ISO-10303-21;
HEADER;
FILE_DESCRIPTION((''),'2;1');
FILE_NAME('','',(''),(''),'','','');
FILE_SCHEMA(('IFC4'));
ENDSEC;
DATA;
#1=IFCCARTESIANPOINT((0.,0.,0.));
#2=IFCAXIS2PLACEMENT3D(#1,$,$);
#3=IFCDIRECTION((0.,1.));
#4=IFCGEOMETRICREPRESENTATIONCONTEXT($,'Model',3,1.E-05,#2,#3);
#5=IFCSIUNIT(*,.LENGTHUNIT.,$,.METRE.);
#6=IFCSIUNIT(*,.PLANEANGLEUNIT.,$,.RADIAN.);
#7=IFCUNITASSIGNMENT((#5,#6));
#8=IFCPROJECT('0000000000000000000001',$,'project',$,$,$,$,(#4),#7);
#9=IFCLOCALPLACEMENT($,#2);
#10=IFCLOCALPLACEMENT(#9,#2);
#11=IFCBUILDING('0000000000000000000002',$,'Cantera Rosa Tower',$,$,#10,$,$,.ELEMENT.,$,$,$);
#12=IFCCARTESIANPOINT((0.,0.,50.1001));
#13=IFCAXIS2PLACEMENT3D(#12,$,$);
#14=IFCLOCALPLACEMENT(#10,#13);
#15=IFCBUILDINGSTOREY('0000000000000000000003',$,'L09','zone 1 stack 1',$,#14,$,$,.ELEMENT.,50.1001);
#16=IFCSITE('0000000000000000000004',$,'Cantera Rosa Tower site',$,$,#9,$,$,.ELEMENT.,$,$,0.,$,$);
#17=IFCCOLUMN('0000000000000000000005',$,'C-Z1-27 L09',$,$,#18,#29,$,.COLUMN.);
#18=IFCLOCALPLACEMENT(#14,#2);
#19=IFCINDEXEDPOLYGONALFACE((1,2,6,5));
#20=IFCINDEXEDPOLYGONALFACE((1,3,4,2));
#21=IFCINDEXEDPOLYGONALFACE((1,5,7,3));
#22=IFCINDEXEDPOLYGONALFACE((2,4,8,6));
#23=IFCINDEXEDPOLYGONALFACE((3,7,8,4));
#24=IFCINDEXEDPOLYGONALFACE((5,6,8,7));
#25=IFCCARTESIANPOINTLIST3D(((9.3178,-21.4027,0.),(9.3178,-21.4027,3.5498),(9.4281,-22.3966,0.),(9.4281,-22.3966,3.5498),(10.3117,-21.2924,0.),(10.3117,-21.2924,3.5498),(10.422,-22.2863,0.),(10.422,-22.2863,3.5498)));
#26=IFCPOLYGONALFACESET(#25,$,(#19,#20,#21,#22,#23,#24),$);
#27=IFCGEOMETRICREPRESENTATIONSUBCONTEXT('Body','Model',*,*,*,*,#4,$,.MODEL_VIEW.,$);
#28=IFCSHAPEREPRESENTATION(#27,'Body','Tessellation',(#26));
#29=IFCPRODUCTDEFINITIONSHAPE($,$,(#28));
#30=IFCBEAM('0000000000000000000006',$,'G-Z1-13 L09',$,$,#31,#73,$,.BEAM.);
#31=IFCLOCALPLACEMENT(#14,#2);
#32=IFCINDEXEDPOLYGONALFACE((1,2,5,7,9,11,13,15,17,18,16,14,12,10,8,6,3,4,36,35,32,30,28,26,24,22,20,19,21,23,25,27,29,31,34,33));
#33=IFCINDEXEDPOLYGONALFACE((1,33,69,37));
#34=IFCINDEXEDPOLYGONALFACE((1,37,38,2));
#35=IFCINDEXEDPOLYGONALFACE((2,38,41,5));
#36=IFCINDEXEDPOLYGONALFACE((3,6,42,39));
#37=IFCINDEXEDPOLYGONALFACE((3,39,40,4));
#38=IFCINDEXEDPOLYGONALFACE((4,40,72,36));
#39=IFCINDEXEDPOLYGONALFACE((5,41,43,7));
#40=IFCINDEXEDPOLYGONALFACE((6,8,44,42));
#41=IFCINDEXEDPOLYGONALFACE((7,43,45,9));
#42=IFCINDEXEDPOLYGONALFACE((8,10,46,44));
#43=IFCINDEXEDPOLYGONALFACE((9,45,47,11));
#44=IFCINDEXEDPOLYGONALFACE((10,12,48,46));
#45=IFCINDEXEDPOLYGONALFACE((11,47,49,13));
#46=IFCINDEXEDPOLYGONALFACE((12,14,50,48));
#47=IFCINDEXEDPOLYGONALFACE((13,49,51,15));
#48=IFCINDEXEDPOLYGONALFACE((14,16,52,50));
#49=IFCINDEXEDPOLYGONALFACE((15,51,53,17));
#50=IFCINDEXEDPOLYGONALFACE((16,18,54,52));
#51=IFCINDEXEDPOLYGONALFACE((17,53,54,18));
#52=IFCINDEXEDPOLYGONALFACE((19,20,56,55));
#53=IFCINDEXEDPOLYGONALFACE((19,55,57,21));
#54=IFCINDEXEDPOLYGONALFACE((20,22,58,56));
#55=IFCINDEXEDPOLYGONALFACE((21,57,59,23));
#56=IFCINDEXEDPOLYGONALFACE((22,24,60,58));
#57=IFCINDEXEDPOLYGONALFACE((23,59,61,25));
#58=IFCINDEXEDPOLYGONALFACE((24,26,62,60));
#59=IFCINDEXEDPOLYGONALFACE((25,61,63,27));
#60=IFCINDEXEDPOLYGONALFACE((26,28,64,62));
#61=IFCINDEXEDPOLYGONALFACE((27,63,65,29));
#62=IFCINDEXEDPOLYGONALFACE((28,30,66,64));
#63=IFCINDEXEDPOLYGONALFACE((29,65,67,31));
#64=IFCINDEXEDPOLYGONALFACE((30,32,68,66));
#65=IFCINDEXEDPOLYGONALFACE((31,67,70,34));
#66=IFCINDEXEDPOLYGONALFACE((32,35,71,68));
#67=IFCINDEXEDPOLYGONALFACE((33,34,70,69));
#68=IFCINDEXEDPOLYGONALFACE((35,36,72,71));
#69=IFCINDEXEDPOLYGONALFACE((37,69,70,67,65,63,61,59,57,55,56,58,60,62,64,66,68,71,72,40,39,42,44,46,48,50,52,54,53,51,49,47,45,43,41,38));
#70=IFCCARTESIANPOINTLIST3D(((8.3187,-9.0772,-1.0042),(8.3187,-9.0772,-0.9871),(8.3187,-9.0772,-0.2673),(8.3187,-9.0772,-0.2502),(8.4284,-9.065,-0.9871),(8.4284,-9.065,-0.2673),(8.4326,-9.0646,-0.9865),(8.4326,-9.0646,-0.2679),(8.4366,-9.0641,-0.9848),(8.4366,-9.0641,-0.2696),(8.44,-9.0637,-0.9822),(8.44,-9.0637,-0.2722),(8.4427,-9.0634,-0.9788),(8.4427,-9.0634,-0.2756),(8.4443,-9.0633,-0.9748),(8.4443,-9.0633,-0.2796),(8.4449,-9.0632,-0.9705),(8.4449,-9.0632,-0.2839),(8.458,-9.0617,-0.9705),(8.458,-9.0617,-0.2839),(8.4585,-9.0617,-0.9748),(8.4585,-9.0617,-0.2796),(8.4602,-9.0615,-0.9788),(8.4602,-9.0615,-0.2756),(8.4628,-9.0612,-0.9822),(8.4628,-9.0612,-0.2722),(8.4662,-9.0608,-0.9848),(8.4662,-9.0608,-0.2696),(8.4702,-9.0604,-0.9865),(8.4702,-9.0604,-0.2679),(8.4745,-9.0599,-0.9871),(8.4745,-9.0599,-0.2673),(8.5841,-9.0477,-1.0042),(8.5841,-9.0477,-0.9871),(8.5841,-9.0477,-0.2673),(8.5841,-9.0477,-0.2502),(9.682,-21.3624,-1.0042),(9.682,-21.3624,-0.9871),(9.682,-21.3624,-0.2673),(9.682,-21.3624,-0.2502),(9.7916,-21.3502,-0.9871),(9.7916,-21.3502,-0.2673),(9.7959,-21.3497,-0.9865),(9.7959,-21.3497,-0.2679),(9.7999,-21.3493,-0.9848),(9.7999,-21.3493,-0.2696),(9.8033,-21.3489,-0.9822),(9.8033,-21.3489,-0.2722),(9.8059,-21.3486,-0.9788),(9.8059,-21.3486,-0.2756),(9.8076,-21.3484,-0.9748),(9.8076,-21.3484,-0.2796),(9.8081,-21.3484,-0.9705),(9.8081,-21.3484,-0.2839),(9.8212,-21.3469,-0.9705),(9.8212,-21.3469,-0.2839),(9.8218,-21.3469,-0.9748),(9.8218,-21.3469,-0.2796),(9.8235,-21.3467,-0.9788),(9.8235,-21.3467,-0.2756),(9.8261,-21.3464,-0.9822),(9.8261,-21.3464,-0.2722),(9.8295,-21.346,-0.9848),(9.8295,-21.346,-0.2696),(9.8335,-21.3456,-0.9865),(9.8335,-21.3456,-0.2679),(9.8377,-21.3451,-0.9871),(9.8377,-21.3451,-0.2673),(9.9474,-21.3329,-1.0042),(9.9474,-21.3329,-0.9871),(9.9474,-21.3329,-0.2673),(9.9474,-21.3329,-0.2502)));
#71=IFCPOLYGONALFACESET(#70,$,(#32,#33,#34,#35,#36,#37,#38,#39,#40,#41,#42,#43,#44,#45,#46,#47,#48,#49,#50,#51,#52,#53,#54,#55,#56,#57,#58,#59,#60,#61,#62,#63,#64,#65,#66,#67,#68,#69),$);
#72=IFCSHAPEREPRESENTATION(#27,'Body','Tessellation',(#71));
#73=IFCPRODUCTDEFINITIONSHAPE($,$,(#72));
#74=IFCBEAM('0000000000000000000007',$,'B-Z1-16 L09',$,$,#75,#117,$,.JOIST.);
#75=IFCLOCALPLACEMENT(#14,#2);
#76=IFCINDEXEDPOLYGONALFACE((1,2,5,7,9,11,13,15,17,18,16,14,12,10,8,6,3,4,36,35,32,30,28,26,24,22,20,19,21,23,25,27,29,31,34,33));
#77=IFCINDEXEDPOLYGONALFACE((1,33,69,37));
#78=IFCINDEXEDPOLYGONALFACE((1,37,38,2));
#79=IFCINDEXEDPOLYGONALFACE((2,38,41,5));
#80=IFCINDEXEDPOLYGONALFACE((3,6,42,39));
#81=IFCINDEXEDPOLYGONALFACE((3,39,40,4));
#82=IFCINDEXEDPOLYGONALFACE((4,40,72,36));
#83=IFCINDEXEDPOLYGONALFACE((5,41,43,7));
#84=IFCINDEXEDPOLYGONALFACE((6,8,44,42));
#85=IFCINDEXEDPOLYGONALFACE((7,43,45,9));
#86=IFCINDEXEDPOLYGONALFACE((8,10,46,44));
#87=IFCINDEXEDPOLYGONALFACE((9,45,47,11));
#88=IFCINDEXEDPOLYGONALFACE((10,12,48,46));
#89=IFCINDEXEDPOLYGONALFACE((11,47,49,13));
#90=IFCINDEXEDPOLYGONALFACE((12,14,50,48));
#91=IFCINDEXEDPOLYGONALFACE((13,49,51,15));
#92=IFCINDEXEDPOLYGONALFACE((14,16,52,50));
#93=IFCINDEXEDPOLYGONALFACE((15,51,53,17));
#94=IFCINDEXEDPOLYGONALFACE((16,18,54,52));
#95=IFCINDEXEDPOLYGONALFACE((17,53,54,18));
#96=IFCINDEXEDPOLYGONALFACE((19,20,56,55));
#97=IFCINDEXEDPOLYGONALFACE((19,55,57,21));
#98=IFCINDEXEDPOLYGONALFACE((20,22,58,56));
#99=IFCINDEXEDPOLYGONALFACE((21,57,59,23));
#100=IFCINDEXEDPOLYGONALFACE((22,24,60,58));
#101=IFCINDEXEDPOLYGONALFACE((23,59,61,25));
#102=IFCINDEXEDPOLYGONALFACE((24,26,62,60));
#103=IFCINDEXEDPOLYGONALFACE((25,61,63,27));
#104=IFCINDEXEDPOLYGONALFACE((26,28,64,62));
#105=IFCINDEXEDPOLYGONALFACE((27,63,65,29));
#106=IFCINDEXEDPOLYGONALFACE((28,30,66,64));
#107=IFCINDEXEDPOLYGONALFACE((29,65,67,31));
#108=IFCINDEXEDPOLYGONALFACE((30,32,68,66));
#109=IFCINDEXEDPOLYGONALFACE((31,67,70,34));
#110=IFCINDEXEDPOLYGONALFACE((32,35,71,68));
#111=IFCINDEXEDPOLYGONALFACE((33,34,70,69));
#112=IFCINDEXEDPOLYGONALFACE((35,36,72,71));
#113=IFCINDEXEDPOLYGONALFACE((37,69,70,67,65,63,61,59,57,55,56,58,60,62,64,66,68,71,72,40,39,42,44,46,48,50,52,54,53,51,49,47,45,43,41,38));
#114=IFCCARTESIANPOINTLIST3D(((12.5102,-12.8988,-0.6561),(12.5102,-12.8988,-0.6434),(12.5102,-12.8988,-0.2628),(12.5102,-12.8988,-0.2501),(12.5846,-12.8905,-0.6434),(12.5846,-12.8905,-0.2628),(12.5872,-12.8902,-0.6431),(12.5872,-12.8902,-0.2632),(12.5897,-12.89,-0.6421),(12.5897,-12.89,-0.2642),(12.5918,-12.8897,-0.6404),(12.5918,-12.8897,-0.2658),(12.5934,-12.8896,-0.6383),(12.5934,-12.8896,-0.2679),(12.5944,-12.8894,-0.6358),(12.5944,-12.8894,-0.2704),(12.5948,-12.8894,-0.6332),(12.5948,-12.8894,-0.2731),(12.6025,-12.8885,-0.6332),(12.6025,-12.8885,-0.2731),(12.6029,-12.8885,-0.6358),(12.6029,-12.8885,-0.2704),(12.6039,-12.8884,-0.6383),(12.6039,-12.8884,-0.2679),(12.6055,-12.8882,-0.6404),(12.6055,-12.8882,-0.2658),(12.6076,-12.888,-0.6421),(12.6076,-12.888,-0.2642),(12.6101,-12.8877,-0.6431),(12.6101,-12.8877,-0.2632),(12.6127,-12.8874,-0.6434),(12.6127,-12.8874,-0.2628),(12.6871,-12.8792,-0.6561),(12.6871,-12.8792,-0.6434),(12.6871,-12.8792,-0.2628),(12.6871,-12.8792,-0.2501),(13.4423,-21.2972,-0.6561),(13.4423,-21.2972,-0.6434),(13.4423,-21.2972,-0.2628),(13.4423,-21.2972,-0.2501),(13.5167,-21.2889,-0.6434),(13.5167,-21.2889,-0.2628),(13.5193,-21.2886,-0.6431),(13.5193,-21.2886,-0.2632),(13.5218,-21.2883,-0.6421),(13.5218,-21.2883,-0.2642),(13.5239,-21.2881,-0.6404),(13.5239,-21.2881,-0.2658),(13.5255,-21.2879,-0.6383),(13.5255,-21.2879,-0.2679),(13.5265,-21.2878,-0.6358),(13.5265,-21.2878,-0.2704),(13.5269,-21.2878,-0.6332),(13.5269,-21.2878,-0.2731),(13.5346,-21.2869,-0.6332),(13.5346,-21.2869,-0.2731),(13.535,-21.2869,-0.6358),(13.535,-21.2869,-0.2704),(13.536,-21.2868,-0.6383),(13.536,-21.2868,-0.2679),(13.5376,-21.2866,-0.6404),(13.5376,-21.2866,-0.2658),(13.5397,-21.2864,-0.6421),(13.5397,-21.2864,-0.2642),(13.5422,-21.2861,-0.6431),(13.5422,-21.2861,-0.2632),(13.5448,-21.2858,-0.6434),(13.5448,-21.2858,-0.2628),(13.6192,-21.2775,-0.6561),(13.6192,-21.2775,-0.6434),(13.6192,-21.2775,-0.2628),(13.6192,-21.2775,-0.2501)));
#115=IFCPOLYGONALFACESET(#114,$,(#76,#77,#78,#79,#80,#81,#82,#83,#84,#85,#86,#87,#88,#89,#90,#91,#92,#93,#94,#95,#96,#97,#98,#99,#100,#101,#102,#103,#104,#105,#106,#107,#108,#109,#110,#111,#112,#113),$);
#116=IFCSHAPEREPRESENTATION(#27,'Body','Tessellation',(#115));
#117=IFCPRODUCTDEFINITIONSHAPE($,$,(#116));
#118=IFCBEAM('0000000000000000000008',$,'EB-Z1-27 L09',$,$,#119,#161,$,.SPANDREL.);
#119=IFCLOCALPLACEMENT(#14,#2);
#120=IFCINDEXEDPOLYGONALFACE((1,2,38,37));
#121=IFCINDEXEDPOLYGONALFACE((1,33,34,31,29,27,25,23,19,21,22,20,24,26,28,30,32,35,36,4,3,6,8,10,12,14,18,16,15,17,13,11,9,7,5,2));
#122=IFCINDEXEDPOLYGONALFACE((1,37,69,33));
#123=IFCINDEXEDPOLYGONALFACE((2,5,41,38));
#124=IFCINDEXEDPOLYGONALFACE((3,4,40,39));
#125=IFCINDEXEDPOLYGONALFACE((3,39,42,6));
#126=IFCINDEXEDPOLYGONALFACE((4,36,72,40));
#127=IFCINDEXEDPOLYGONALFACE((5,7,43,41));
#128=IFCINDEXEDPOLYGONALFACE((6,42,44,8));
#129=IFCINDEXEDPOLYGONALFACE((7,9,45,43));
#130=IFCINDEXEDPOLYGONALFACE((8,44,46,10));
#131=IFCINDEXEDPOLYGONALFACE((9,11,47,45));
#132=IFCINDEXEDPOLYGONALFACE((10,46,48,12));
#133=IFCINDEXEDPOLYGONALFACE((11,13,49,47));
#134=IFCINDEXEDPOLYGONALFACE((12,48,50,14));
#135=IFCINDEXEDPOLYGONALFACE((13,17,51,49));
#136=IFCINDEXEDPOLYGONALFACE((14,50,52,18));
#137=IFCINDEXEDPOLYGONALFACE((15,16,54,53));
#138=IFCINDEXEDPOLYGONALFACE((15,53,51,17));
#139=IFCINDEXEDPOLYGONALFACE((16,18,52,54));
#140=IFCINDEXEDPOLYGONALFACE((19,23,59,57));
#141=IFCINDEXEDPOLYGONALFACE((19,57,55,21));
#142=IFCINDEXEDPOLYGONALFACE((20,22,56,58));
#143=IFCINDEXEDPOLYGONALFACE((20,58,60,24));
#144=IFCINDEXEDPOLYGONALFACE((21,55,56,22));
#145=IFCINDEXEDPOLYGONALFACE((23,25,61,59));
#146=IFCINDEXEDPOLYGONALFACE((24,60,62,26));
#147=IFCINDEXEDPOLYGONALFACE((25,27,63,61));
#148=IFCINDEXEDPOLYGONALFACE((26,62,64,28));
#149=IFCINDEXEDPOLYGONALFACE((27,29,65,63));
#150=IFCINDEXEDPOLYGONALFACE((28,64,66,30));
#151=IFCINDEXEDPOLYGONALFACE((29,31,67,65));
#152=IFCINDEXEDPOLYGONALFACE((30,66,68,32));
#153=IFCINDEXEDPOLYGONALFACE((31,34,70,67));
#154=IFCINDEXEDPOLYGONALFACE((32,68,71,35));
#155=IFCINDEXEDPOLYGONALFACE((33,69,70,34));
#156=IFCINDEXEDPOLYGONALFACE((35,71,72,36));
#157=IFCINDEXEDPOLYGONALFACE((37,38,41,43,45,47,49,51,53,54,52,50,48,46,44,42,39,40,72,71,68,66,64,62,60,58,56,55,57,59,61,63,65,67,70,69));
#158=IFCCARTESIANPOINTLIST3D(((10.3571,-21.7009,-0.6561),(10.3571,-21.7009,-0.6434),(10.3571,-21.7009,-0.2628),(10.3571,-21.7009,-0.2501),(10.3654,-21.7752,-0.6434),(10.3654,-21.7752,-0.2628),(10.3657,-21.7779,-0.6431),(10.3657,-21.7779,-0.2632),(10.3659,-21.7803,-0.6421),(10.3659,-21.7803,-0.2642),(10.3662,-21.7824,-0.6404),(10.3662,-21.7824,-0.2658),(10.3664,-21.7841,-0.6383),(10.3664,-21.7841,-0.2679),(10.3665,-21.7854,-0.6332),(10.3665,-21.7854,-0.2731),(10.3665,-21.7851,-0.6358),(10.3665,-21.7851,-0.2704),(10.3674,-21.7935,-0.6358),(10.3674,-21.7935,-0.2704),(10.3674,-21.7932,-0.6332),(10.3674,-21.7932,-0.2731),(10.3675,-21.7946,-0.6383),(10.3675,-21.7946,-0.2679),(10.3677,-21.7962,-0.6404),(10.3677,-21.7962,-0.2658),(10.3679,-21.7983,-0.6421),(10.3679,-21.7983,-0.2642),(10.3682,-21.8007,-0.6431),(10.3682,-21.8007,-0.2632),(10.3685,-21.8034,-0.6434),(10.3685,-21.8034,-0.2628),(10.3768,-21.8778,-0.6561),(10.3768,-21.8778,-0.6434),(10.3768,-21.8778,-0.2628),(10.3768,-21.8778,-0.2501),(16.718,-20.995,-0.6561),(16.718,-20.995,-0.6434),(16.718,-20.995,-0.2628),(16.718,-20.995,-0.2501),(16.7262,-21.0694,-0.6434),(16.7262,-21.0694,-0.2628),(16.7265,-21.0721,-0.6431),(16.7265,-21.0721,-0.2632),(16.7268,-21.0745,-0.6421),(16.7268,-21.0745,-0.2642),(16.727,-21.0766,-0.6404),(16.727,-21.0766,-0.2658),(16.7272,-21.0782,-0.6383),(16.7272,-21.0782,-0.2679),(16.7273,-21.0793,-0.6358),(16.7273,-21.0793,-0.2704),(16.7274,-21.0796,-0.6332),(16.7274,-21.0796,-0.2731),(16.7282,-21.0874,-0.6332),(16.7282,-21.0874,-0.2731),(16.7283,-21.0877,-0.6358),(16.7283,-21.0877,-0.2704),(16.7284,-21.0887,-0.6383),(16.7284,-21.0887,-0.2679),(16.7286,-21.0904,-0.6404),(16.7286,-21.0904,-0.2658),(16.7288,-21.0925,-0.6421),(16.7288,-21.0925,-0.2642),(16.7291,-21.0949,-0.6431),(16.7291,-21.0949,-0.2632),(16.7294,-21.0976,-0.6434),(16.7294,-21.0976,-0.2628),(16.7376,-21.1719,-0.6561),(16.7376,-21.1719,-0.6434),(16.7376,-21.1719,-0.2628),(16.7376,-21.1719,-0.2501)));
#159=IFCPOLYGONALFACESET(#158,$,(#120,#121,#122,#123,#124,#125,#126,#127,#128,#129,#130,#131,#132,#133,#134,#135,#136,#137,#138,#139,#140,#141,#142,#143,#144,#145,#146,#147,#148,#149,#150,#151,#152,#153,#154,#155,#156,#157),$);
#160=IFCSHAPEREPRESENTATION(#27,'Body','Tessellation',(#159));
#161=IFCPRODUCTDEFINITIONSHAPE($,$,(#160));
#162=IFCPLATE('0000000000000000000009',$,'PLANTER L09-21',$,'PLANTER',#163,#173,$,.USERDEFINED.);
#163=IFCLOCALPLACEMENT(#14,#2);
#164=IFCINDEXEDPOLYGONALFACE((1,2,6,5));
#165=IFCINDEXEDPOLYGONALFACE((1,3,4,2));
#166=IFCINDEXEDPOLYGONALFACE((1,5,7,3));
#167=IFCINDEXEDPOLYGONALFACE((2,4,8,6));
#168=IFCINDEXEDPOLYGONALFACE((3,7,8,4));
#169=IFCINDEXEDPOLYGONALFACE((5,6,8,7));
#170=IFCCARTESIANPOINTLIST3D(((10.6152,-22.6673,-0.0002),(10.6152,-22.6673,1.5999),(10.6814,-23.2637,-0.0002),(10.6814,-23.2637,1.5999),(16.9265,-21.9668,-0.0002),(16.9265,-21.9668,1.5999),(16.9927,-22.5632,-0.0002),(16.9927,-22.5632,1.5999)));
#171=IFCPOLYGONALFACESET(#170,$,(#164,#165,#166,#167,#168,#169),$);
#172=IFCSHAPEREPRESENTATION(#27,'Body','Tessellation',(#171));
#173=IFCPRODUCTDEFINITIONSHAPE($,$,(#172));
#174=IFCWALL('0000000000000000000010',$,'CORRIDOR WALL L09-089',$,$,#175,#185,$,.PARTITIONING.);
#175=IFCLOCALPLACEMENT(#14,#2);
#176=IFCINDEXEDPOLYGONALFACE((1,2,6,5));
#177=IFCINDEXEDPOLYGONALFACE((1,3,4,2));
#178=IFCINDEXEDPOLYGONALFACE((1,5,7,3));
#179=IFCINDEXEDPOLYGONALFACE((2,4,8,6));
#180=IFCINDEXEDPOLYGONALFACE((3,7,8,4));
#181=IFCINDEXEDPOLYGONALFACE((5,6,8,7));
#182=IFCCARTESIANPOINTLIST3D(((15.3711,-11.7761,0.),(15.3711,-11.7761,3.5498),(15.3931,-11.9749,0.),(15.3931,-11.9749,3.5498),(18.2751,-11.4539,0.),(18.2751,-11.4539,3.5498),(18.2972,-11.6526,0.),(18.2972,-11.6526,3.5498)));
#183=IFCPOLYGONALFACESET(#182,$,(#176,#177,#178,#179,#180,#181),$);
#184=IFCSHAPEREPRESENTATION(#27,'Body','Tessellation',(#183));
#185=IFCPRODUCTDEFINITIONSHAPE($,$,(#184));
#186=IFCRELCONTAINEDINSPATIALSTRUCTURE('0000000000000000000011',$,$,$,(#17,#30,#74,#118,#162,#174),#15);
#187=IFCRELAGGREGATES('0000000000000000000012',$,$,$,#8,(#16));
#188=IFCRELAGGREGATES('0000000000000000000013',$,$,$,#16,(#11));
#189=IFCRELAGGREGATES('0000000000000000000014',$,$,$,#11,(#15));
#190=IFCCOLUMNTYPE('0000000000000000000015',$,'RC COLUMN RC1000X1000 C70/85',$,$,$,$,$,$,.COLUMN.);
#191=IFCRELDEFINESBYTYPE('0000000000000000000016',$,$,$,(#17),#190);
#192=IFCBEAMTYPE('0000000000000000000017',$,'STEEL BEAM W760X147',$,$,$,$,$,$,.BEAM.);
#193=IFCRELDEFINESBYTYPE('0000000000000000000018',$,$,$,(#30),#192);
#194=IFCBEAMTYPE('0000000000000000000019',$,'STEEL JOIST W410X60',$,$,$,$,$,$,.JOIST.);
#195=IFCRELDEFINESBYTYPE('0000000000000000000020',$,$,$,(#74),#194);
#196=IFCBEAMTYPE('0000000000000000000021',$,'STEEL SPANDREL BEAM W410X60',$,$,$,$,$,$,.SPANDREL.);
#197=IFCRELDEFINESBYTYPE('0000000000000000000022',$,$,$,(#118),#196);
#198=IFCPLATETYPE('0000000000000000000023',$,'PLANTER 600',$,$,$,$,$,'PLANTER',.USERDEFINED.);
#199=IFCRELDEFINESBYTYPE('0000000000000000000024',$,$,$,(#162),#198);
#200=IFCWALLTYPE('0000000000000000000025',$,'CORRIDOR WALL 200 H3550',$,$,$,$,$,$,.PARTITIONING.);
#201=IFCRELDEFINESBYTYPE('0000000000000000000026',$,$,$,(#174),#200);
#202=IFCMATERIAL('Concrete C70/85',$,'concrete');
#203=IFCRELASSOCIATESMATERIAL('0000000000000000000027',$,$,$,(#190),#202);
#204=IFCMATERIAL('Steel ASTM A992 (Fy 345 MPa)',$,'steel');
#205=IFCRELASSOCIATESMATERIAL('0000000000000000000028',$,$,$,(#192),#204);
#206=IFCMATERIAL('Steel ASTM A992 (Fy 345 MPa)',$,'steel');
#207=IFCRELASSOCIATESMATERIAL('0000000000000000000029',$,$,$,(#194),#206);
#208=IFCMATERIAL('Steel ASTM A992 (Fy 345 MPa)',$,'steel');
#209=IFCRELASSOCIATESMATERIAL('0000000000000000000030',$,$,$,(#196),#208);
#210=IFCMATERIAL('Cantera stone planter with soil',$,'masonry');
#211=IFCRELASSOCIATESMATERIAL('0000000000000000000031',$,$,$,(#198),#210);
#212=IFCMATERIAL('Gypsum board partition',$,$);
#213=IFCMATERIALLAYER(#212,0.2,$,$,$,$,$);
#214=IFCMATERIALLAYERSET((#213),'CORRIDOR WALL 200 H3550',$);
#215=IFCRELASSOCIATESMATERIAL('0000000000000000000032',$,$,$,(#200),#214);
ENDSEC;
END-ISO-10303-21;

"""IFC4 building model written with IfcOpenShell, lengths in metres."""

from ifc_helpers import new_model, si_unit, direction, frame, frame_2d, origin, origin_2d, place, context, subcontext, project, spatial, rectangle, i_section, extrude, material, layer, layer_set, material_profile, profile_set, type_object, element, save


model = new_model("IFC4")

# Units and contexts
model_context = context("Model", 3, precision=1e-05, world=origin(), true_north=direction((0.0, 1.0)))
body_context = subcontext(model_context, "Body", "Model", "MODEL_VIEW")
ifc_project = project(units=[si_unit("LENGTHUNIT", "METRE"), si_unit("PLANEANGLEUNIT", "RADIAN")], contexts=[model_context])

# Site, building, storey
site_placement = place(None, origin())
site = spatial("IfcSite", under=ifc_project, at=site_placement, Name="Cantera Rosa Tower site", CompositionType="ELEMENT", RefElevation=0.0)
building_placement = place(site_placement, origin())
building = spatial("IfcBuilding", under=site, at=building_placement, Name="Cantera Rosa Tower", CompositionType="ELEMENT")
storey_placement = place(building_placement, frame((0.0, 0.0, 50.1001)))
storey = spatial("IfcBuildingStorey", under=building, at=storey_placement, Name="L09", Description="zone 1 stack 1", CompositionType="ELEMENT", Elevation=50.1001)

# Column
ifc_material_1 = material(Name="Concrete C70/85", Category="concrete")
ifc_material_profile_1 = material_profile(ifc_material_1, rectangle(XDim=1.0, YDim=1.0, at=origin_2d()), Name="RC COLUMN RC1000X1000 C70/85")
ifc_profile_set_1 = profile_set([ifc_material_profile_1], Name="Concrete C70/85")
column_type = type_object("IfcColumnType", Name="RC COLUMN RC1000X1000 C70/85", PredefinedType="COLUMN", material=ifc_profile_set_1)
column_placement = place(storey_placement, frame((9.8699, -21.8445, 0.0), z_axis=(0.0, 0.0, 1.0), x_axis=(0.993897, 0.110313, 0.0)))
element("IfcColumn", 1, at=column_placement, inside=storey, type_object=column_type, Name="C-Z1-27 L09", PredefinedType="COLUMN", context=body_context, shape_type="SweptSolid", body=[
    extrude(rectangle(XDim=1.0, YDim=1.0, at=origin_2d()), origin(), (0.0, 0.0, 1.0), 3.5498),
])

# Beams
ifc_material_2 = material(Name="Steel ASTM A992 (Fy 345 MPa)", Category="steel")
ifc_material_profile_2 = material_profile(ifc_material_2, i_section(OverallWidth=0.2671, OverallDepth=0.7539, WebThickness=0.0132, FlangeThickness=0.0171, FilletRadius=0.0166, at=origin_2d()), Name="W760X147")
ifc_profile_set_2 = profile_set([ifc_material_profile_2], Name="Steel ASTM A992 (Fy 345 MPa)")
beam_type_1 = type_object("IfcBeamType", Name="STEEL BEAM W760X147", PredefinedType="BEAM", material=ifc_profile_set_2)
beam_1_placement = place(storey_placement, frame((9.8147, -21.3477, -0.6272), z_axis=(-0.110293, 0.993899, 0.0), x_axis=(-0.993899, -0.110293, 0.0)))
element("IfcBeam", 2, at=beam_1_placement, inside=storey, type_object=beam_type_1, Name="G-Z1-13 L09", PredefinedType="BEAM", context=body_context, shape_type="SweptSolid", body=[
    extrude(i_section(OverallWidth=0.2671, OverallDepth=0.7539, WebThickness=0.0132, FlangeThickness=0.0171, FilletRadius=0.0166, at=origin_2d()), origin(), (0.0, 0.0, 1.0), 12.3606),
])
ifc_material_3 = material(Name="Steel ASTM A992 (Fy 345 MPa)", Category="steel")
ifc_material_profile_3 = material_profile(ifc_material_3, i_section(OverallWidth=0.178, OverallDepth=0.406, WebThickness=0.0078, FlangeThickness=0.0127, FilletRadius=0.0103, at=origin_2d()), Name="W410X60")
ifc_profile_set_3 = profile_set([ifc_material_profile_3], Name="Steel ASTM A992 (Fy 345 MPa)")
beam_type_2 = type_object("IfcBeamType", Name="STEEL JOIST W410X60", PredefinedType="JOIST", material=ifc_profile_set_3)
beam_2_placement = place(storey_placement, frame((13.5308, -21.2874, -0.4531), z_axis=(-0.110311, 0.993897, 0.0), x_axis=(-0.993897, -0.110311, 0.0)))
element("IfcBeam", 3, at=beam_2_placement, inside=storey, type_object=beam_type_2, Name="B-Z1-16 L09", PredefinedType="JOIST", context=body_context, shape_type="SweptSolid", body=[
    extrude(i_section(OverallWidth=0.178, OverallDepth=0.406, WebThickness=0.0078, FlangeThickness=0.0127, FilletRadius=0.0103, at=origin_2d()), origin(), (0.0, 0.0, 1.0), 8.45),
])
ifc_material_4 = material(Name="Steel ASTM A992 (Fy 345 MPa)", Category="steel")
ifc_material_profile_4 = material_profile(ifc_material_4, i_section(OverallWidth=0.178, OverallDepth=0.406, WebThickness=0.0078, FlangeThickness=0.0127, FilletRadius=0.0103, at=origin_2d()), Name="W410X60")
ifc_profile_set_4 = profile_set([ifc_material_profile_4], Name="Steel ASTM A992 (Fy 345 MPa)")
beam_type_3 = type_object("IfcBeamType", Name="STEEL SPANDREL BEAM W410X60", PredefinedType="SPANDREL", material=ifc_profile_set_4)
beam_3_placement = place(storey_placement, frame((10.3669, -21.7893, -0.4531), z_axis=(0.9939, 0.110285, 0.0), x_axis=(-0.110285, 0.9939, 0.0)))
element("IfcBeam", 4, at=beam_3_placement, inside=storey, type_object=beam_type_3, Name="EB-Z1-27 L09", PredefinedType="SPANDREL", context=body_context, shape_type="SweptSolid", body=[
    extrude(i_section(OverallWidth=0.178, OverallDepth=0.406, WebThickness=0.0078, FlangeThickness=0.0127, FilletRadius=0.0103, at=origin_2d()), origin(), (0.0, 0.0, 1.0), 6.3999),
])

# Plate
ifc_material_5 = material(Name="Cantera stone planter with soil", Category="masonry")
plate_type = type_object("IfcPlateType", Name="PLANTER 600", ElementType="PLANTER", PredefinedType="USERDEFINED", material=ifc_material_5)
plate_placement = place(storey_placement, frame((13.804, -22.6152, -0.0002), z_axis=(0.0, 0.0, 1.0), x_axis=(0.993897, 0.110313, 0.0)))
element("IfcPlate", 5, at=plate_placement, inside=storey, type_object=plate_type, Name="PLANTER L09-21", ObjectType="PLANTER", PredefinedType="USERDEFINED", context=body_context, shape_type="SweptSolid", body=[
    extrude(rectangle(XDim=6.3501, YDim=0.6001, at=origin_2d()), origin(), (0.0, 0.0, 1.0), 1.6001),
])

# Wall
ifc_material_6 = material(Name="Gypsum board partition")
ifc_layer_1 = layer(ifc_material_6, 0.2)
ifc_layer_set_1 = layer_set([ifc_layer_1], Name="CORRIDOR WALL 200 H3550")
wall_type_1 = type_object("IfcWallType", Name="CORRIDOR WALL 200 H3550", PredefinedType="PARTITIONING", material=ifc_layer_set_1)
wall_1_placement = place(storey_placement, frame((15.3821, -11.8755, 0.0), z_axis=(0.0, 0.0, 1.0), x_axis=(0.993899, 0.110294, 0.0)))
element("IfcWall", 6, at=wall_1_placement, inside=storey, type_object=wall_type_1, Name="CORRIDOR WALL L09-089", PredefinedType="PARTITIONING", context=body_context, shape_type="SweptSolid", body=[
    extrude(rectangle(XDim=2.9219, YDim=0.2, at=frame_2d((1.4609, 0.0))), origin(), (0.0, 0.0, 1.0), 3.5498),
])

save(model, "model.ifc")
